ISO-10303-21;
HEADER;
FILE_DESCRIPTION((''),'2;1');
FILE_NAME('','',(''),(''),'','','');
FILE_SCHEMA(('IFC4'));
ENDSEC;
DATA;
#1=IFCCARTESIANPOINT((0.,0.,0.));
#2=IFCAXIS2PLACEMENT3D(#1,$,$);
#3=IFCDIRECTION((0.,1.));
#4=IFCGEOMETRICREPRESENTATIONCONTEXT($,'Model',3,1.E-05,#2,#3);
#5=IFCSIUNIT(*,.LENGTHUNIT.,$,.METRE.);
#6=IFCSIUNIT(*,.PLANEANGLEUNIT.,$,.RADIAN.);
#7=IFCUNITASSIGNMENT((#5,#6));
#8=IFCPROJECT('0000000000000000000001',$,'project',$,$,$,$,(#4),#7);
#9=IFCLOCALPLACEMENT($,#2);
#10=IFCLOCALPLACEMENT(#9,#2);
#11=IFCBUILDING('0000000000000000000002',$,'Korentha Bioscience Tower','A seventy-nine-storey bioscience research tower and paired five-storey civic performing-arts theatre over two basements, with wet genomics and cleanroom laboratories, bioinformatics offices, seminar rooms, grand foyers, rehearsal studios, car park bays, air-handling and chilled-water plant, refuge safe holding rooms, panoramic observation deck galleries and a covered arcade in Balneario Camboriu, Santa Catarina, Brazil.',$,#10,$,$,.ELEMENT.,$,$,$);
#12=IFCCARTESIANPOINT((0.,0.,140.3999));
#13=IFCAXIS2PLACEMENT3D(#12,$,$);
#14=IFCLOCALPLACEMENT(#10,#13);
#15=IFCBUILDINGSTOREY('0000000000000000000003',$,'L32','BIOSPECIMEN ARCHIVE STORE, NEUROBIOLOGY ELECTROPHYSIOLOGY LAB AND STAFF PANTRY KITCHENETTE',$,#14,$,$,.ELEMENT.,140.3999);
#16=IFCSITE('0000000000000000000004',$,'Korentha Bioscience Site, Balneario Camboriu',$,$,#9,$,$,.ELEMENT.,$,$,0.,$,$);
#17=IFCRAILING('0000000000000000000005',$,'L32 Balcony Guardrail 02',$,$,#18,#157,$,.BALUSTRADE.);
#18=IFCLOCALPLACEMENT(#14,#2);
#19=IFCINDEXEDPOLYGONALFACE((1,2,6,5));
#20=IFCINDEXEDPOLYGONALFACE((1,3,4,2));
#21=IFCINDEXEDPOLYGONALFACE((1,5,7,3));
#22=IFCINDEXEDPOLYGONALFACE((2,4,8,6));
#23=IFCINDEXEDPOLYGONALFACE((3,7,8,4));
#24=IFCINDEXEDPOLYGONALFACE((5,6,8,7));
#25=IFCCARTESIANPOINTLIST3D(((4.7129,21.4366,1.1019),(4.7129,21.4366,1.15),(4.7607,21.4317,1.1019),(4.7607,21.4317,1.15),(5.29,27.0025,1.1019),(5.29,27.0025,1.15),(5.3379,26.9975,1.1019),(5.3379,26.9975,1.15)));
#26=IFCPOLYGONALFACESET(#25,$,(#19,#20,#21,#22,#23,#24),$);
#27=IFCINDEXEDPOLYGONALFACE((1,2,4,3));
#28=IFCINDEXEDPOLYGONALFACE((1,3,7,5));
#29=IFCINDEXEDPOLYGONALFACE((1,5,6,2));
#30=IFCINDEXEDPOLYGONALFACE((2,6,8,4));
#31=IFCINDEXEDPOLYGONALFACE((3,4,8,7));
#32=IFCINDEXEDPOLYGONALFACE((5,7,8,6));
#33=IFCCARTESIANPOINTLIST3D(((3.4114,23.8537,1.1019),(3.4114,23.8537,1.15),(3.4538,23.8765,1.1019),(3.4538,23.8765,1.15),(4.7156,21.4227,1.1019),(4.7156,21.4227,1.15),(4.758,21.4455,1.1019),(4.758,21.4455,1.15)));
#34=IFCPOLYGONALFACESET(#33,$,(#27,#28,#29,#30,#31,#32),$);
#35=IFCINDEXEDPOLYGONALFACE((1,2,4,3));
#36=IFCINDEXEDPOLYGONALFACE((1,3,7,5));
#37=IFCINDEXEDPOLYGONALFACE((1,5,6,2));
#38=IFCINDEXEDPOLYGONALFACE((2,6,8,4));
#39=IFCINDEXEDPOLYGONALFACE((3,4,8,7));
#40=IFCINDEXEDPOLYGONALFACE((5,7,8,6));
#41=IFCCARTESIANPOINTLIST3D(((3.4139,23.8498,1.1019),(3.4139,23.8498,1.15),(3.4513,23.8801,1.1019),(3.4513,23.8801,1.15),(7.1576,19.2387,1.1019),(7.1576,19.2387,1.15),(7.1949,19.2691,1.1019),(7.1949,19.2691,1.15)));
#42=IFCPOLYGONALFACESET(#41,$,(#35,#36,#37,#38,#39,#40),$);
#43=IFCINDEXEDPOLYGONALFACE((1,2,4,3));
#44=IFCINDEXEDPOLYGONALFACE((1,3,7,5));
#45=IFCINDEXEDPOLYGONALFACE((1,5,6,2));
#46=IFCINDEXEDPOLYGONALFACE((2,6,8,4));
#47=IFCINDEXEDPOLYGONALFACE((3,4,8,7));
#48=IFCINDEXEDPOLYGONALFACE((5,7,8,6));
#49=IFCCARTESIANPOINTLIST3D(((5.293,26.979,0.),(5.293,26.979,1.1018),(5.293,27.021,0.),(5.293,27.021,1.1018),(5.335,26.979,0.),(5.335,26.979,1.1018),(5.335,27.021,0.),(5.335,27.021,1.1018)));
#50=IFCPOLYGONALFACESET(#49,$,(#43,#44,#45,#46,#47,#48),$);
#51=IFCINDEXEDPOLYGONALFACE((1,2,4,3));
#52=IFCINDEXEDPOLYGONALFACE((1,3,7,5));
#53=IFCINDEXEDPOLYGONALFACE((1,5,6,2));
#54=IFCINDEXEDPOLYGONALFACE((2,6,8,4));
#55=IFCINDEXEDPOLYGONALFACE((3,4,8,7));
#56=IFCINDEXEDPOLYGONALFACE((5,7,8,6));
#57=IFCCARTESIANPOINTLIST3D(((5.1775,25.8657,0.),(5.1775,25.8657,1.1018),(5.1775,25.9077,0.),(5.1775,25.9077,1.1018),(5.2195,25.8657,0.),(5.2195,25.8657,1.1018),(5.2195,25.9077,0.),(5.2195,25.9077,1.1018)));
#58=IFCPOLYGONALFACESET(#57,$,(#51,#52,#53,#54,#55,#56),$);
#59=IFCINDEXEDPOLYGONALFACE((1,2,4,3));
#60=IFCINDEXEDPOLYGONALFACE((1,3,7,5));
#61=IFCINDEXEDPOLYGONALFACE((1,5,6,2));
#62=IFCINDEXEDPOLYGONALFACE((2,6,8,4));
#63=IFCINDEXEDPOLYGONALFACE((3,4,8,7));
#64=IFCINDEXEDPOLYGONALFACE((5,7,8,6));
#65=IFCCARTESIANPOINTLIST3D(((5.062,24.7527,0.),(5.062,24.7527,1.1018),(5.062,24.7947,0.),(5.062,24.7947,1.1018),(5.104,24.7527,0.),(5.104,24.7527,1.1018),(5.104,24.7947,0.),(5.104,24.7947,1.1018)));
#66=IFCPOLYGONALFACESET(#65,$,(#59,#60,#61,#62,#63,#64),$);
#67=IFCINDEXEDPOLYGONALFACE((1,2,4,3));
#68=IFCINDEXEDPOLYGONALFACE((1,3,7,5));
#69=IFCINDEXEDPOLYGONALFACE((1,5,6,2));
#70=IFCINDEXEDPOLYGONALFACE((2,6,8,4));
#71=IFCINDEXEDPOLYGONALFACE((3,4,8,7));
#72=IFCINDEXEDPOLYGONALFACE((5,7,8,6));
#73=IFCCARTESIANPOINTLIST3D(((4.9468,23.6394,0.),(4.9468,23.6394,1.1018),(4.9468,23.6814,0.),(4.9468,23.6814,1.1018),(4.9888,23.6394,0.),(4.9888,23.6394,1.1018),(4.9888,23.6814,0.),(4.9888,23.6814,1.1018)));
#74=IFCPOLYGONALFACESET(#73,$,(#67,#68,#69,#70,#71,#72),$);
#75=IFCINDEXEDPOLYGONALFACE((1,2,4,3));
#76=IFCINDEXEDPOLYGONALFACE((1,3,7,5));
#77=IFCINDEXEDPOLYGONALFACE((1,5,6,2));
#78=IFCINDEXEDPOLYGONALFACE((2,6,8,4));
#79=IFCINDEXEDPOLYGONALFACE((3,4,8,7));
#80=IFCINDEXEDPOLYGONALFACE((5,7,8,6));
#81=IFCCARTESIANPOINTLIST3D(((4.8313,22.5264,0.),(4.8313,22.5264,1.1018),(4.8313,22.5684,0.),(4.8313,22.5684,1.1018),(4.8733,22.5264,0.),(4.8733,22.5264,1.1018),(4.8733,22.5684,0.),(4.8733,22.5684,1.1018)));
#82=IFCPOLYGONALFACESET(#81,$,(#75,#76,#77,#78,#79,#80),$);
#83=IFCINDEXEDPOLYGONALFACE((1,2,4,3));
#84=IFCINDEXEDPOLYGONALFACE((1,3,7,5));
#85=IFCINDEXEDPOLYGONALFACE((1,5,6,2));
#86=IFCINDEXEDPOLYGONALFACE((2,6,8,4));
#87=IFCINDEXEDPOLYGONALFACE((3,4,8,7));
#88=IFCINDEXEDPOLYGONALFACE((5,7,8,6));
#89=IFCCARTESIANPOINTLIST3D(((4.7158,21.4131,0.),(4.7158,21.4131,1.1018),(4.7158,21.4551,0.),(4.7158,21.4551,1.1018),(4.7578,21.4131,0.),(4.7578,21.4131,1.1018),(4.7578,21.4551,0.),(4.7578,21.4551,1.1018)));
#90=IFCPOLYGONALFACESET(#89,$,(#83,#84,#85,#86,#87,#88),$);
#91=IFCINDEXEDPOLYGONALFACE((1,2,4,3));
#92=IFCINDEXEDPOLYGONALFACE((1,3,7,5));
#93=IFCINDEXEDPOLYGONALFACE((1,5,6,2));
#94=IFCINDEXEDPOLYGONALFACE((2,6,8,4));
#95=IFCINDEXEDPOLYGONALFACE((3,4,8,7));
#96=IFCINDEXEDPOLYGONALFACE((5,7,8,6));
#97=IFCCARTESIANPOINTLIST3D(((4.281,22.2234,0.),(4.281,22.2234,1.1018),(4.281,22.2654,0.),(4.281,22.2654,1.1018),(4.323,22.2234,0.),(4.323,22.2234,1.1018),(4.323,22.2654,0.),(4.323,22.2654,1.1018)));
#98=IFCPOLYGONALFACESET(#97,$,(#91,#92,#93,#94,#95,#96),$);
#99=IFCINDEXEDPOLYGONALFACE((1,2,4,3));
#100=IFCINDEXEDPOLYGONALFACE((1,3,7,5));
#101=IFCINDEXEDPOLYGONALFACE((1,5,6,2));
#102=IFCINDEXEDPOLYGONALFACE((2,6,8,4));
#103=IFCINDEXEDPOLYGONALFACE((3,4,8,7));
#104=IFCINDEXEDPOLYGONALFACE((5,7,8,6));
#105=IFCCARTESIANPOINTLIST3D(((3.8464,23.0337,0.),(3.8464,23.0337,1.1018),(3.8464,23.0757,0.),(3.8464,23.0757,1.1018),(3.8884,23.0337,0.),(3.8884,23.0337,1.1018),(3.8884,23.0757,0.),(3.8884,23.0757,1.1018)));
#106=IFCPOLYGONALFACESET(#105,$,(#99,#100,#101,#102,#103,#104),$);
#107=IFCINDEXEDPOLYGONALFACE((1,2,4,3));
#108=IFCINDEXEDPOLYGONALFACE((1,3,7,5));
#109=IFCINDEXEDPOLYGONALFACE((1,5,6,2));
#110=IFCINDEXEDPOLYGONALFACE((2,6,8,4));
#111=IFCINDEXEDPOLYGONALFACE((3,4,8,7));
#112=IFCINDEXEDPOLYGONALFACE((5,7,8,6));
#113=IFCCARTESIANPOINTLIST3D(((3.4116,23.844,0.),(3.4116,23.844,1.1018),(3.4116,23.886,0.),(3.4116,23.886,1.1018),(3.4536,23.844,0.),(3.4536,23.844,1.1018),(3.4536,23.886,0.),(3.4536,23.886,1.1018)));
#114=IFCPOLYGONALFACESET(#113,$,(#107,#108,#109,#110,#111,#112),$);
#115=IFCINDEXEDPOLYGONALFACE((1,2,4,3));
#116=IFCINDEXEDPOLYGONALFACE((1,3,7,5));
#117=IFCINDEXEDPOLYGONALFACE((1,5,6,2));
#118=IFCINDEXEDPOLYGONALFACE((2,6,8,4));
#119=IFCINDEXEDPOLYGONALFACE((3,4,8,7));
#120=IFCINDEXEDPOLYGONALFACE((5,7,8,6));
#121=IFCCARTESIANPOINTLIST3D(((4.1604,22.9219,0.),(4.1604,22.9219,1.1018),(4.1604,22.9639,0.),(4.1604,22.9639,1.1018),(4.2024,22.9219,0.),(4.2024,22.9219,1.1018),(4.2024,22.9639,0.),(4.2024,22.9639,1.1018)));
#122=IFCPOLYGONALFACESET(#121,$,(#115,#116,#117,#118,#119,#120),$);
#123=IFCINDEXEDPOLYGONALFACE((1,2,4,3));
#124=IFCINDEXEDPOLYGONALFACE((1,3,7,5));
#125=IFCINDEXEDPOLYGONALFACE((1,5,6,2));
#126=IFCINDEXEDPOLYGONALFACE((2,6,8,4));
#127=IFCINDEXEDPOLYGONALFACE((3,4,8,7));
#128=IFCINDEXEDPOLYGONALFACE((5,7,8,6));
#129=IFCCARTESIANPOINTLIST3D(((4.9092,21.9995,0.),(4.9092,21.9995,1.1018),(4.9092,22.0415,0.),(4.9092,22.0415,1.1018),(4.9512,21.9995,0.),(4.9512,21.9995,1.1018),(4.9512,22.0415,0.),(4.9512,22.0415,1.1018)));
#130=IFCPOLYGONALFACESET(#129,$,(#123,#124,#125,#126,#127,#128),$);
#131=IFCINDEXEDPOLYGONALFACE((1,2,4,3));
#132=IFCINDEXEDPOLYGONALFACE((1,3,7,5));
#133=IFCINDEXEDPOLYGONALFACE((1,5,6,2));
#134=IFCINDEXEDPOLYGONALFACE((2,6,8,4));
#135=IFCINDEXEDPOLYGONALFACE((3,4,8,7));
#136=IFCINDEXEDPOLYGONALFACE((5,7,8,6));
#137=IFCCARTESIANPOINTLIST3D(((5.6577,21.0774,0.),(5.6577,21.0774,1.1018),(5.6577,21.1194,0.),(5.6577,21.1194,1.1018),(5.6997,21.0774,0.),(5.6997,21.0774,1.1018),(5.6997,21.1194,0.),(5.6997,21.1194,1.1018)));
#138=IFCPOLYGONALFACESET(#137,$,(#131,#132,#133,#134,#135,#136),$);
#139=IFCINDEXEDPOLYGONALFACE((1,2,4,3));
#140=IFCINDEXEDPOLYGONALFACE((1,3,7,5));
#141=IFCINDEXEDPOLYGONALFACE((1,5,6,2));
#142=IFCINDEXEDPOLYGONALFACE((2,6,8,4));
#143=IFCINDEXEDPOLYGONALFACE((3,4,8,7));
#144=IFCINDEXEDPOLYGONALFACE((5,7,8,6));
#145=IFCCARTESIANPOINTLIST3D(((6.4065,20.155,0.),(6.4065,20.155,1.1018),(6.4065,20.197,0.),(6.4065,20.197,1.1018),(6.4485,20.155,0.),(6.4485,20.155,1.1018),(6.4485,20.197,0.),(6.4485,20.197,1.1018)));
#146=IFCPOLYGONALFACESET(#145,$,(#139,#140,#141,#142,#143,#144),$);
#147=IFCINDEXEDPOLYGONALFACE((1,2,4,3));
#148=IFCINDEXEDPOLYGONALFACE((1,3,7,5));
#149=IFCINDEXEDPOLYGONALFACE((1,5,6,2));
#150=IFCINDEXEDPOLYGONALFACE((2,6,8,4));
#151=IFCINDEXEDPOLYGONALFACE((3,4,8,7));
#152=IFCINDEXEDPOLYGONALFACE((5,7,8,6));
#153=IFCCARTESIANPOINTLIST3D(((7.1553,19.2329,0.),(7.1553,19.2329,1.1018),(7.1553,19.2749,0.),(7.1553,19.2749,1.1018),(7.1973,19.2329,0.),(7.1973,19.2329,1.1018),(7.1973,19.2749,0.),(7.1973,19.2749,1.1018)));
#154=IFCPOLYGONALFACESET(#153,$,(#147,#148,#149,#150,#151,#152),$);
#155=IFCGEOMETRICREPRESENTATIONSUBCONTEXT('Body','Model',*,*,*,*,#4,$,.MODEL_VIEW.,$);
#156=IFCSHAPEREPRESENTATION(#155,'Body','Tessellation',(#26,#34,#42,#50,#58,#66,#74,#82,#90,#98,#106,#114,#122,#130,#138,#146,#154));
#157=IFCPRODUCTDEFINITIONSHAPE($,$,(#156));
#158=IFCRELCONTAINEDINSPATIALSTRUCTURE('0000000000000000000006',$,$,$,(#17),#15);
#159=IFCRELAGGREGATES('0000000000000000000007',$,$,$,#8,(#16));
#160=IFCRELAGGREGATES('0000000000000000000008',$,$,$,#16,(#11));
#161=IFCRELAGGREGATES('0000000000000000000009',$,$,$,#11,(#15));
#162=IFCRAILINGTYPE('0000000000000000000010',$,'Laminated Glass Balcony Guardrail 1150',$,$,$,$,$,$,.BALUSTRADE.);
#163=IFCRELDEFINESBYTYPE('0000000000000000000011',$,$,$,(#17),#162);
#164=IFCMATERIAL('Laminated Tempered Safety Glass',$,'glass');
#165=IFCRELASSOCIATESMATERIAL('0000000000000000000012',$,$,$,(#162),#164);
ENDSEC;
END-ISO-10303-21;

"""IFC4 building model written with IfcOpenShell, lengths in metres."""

from ifc_helpers import new_model, si_unit, direction, frame, origin, origin_2d, place, context, subcontext, project, spatial, rectangle, extrude, material, type_object, element, save


model = new_model("IFC4")

# Units and contexts
model_context = context("Model", 3, precision=1e-05, world=origin(), true_north=direction((0.0, 1.0)))
body_context = subcontext(model_context, "Body", "Model", "MODEL_VIEW")
ifc_project = project(units=[si_unit("LENGTHUNIT", "METRE"), si_unit("PLANEANGLEUNIT", "RADIAN")], contexts=[model_context])

# Site, building, storey
site_placement = place(None, origin())
site = spatial("IfcSite", under=ifc_project, at=site_placement, Name="Korentha Bioscience Site, Balneario Camboriu", CompositionType="ELEMENT", RefElevation=0.0)
building_placement = place(site_placement, origin())
building = spatial("IfcBuilding", under=site, at=building_placement, Name="Korentha Bioscience Tower", Description="A seventy-nine-storey bioscience research tower and paired five-storey civic performing-arts theatre over two basements, with wet genomics and cleanroom laboratories, bioinformatics offices, seminar rooms, grand foyers, rehearsal studios, car park bays, air-handling and chilled-water plant, refuge safe holding rooms, panoramic observation deck galleries and a covered arcade in Balneario Camboriu, Santa Catarina, Brazil.", CompositionType="ELEMENT")
storey_placement = place(building_placement, frame((0.0, 0.0, 140.3999)))
storey = spatial("IfcBuildingStorey", under=building, at=storey_placement, Name="L32", Description="BIOSPECIMEN ARCHIVE STORE, NEUROBIOLOGY ELECTROPHYSIOLOGY LAB AND STAFF PANTRY KITCHENETTE", CompositionType="ELEMENT", Elevation=140.3999)

# Railing
ifc_material_1 = material(Name="Laminated Tempered Safety Glass", Category="glass")
railing_type = type_object("IfcRailingType", Name="Laminated Glass Balcony Guardrail 1150", PredefinedType="BALUSTRADE", material=ifc_material_1)
railing_placement = place(storey_placement, frame((5.314, 27.0, 0.0)))
element("IfcRailing", 1, at=railing_placement, inside=storey, type_object=railing_type, Name="L32 Balcony Guardrail 02", PredefinedType="BALUSTRADE", context=body_context, shape_type="SweptSolid", body=[
    extrude(rectangle(XDim=0.0481, YDim=0.0481, at=origin_2d()), frame((0.0, 0.0, 1.126), z_axis=(-0.10314, -0.994667, 0.0), x_axis=(0.994667, -0.10314, 0.0)), (0.0, 0.0, 1.0), 5.5957),
    extrude(rectangle(XDim=0.0481, YDim=0.0481, at=origin_2d()), frame((-0.5771, -5.5659, 1.126), z_axis=(-0.472764, 0.881189, 0.0), x_axis=(-0.881189, -0.472764, 0.0)), (0.0, 0.0, 1.0), 2.7588),
    extrude(rectangle(XDim=0.0481, YDim=0.0481, at=origin_2d()), frame((-1.8813, -3.135, 1.126), z_axis=(0.630303, -0.776349, 0.0), x_axis=(0.776349, 0.630303, 0.0)), (0.0, 0.0, 1.0), 5.9395),
    extrude(rectangle(XDim=0.042, YDim=0.042, at=origin_2d()), origin(), (0.0, 0.0, 1.0), 1.1018),
    extrude(rectangle(XDim=0.042, YDim=0.042, at=origin_2d()), frame((-0.1155, -1.1133, 0.0)), (0.0, 0.0, 1.0), 1.1018),
    extrude(rectangle(XDim=0.042, YDim=0.042, at=origin_2d()), frame((-0.231, -2.2263, 0.0)), (0.0, 0.0, 1.0), 1.1018),
    extrude(rectangle(XDim=0.042, YDim=0.042, at=origin_2d()), frame((-0.3462, -3.3396, 0.0)), (0.0, 0.0, 1.0), 1.1018),
    extrude(rectangle(XDim=0.042, YDim=0.042, at=origin_2d()), frame((-0.4617, -4.4526, 0.0)), (0.0, 0.0, 1.0), 1.1018),
    extrude(rectangle(XDim=0.042, YDim=0.042, at=origin_2d()), frame((-0.5771, -5.5659, 0.0)), (0.0, 0.0, 1.0), 1.1018),
    extrude(rectangle(XDim=0.042, YDim=0.042, at=origin_2d()), frame((-1.012, -4.7556, 0.0)), (0.0, 0.0, 1.0), 1.1018),
    extrude(rectangle(XDim=0.042, YDim=0.042, at=origin_2d()), frame((-1.4465, -3.9453, 0.0)), (0.0, 0.0, 1.0), 1.1018),
    extrude(rectangle(XDim=0.042, YDim=0.042, at=origin_2d()), frame((-1.8813, -3.135, 0.0)), (0.0, 0.0, 1.0), 1.1018),
    extrude(rectangle(XDim=0.042, YDim=0.042, at=origin_2d()), frame((-1.1326, -4.0571, 0.0)), (0.0, 0.0, 1.0), 1.1018),
    extrude(rectangle(XDim=0.042, YDim=0.042, at=origin_2d()), frame((-0.3838, -4.9795, 0.0)), (0.0, 0.0, 1.0), 1.1018),
    extrude(rectangle(XDim=0.042, YDim=0.042, at=origin_2d()), frame((0.3647, -5.9016, 0.0)), (0.0, 0.0, 1.0), 1.1018),
    extrude(rectangle(XDim=0.042, YDim=0.042, at=origin_2d()), frame((1.1135, -6.824, 0.0)), (0.0, 0.0, 1.0), 1.1018),
    extrude(rectangle(XDim=0.042, YDim=0.042, at=origin_2d()), frame((1.8623, -7.7461, 0.0)), (0.0, 0.0, 1.0), 1.1018),
])

save(model, "model.ifc")
